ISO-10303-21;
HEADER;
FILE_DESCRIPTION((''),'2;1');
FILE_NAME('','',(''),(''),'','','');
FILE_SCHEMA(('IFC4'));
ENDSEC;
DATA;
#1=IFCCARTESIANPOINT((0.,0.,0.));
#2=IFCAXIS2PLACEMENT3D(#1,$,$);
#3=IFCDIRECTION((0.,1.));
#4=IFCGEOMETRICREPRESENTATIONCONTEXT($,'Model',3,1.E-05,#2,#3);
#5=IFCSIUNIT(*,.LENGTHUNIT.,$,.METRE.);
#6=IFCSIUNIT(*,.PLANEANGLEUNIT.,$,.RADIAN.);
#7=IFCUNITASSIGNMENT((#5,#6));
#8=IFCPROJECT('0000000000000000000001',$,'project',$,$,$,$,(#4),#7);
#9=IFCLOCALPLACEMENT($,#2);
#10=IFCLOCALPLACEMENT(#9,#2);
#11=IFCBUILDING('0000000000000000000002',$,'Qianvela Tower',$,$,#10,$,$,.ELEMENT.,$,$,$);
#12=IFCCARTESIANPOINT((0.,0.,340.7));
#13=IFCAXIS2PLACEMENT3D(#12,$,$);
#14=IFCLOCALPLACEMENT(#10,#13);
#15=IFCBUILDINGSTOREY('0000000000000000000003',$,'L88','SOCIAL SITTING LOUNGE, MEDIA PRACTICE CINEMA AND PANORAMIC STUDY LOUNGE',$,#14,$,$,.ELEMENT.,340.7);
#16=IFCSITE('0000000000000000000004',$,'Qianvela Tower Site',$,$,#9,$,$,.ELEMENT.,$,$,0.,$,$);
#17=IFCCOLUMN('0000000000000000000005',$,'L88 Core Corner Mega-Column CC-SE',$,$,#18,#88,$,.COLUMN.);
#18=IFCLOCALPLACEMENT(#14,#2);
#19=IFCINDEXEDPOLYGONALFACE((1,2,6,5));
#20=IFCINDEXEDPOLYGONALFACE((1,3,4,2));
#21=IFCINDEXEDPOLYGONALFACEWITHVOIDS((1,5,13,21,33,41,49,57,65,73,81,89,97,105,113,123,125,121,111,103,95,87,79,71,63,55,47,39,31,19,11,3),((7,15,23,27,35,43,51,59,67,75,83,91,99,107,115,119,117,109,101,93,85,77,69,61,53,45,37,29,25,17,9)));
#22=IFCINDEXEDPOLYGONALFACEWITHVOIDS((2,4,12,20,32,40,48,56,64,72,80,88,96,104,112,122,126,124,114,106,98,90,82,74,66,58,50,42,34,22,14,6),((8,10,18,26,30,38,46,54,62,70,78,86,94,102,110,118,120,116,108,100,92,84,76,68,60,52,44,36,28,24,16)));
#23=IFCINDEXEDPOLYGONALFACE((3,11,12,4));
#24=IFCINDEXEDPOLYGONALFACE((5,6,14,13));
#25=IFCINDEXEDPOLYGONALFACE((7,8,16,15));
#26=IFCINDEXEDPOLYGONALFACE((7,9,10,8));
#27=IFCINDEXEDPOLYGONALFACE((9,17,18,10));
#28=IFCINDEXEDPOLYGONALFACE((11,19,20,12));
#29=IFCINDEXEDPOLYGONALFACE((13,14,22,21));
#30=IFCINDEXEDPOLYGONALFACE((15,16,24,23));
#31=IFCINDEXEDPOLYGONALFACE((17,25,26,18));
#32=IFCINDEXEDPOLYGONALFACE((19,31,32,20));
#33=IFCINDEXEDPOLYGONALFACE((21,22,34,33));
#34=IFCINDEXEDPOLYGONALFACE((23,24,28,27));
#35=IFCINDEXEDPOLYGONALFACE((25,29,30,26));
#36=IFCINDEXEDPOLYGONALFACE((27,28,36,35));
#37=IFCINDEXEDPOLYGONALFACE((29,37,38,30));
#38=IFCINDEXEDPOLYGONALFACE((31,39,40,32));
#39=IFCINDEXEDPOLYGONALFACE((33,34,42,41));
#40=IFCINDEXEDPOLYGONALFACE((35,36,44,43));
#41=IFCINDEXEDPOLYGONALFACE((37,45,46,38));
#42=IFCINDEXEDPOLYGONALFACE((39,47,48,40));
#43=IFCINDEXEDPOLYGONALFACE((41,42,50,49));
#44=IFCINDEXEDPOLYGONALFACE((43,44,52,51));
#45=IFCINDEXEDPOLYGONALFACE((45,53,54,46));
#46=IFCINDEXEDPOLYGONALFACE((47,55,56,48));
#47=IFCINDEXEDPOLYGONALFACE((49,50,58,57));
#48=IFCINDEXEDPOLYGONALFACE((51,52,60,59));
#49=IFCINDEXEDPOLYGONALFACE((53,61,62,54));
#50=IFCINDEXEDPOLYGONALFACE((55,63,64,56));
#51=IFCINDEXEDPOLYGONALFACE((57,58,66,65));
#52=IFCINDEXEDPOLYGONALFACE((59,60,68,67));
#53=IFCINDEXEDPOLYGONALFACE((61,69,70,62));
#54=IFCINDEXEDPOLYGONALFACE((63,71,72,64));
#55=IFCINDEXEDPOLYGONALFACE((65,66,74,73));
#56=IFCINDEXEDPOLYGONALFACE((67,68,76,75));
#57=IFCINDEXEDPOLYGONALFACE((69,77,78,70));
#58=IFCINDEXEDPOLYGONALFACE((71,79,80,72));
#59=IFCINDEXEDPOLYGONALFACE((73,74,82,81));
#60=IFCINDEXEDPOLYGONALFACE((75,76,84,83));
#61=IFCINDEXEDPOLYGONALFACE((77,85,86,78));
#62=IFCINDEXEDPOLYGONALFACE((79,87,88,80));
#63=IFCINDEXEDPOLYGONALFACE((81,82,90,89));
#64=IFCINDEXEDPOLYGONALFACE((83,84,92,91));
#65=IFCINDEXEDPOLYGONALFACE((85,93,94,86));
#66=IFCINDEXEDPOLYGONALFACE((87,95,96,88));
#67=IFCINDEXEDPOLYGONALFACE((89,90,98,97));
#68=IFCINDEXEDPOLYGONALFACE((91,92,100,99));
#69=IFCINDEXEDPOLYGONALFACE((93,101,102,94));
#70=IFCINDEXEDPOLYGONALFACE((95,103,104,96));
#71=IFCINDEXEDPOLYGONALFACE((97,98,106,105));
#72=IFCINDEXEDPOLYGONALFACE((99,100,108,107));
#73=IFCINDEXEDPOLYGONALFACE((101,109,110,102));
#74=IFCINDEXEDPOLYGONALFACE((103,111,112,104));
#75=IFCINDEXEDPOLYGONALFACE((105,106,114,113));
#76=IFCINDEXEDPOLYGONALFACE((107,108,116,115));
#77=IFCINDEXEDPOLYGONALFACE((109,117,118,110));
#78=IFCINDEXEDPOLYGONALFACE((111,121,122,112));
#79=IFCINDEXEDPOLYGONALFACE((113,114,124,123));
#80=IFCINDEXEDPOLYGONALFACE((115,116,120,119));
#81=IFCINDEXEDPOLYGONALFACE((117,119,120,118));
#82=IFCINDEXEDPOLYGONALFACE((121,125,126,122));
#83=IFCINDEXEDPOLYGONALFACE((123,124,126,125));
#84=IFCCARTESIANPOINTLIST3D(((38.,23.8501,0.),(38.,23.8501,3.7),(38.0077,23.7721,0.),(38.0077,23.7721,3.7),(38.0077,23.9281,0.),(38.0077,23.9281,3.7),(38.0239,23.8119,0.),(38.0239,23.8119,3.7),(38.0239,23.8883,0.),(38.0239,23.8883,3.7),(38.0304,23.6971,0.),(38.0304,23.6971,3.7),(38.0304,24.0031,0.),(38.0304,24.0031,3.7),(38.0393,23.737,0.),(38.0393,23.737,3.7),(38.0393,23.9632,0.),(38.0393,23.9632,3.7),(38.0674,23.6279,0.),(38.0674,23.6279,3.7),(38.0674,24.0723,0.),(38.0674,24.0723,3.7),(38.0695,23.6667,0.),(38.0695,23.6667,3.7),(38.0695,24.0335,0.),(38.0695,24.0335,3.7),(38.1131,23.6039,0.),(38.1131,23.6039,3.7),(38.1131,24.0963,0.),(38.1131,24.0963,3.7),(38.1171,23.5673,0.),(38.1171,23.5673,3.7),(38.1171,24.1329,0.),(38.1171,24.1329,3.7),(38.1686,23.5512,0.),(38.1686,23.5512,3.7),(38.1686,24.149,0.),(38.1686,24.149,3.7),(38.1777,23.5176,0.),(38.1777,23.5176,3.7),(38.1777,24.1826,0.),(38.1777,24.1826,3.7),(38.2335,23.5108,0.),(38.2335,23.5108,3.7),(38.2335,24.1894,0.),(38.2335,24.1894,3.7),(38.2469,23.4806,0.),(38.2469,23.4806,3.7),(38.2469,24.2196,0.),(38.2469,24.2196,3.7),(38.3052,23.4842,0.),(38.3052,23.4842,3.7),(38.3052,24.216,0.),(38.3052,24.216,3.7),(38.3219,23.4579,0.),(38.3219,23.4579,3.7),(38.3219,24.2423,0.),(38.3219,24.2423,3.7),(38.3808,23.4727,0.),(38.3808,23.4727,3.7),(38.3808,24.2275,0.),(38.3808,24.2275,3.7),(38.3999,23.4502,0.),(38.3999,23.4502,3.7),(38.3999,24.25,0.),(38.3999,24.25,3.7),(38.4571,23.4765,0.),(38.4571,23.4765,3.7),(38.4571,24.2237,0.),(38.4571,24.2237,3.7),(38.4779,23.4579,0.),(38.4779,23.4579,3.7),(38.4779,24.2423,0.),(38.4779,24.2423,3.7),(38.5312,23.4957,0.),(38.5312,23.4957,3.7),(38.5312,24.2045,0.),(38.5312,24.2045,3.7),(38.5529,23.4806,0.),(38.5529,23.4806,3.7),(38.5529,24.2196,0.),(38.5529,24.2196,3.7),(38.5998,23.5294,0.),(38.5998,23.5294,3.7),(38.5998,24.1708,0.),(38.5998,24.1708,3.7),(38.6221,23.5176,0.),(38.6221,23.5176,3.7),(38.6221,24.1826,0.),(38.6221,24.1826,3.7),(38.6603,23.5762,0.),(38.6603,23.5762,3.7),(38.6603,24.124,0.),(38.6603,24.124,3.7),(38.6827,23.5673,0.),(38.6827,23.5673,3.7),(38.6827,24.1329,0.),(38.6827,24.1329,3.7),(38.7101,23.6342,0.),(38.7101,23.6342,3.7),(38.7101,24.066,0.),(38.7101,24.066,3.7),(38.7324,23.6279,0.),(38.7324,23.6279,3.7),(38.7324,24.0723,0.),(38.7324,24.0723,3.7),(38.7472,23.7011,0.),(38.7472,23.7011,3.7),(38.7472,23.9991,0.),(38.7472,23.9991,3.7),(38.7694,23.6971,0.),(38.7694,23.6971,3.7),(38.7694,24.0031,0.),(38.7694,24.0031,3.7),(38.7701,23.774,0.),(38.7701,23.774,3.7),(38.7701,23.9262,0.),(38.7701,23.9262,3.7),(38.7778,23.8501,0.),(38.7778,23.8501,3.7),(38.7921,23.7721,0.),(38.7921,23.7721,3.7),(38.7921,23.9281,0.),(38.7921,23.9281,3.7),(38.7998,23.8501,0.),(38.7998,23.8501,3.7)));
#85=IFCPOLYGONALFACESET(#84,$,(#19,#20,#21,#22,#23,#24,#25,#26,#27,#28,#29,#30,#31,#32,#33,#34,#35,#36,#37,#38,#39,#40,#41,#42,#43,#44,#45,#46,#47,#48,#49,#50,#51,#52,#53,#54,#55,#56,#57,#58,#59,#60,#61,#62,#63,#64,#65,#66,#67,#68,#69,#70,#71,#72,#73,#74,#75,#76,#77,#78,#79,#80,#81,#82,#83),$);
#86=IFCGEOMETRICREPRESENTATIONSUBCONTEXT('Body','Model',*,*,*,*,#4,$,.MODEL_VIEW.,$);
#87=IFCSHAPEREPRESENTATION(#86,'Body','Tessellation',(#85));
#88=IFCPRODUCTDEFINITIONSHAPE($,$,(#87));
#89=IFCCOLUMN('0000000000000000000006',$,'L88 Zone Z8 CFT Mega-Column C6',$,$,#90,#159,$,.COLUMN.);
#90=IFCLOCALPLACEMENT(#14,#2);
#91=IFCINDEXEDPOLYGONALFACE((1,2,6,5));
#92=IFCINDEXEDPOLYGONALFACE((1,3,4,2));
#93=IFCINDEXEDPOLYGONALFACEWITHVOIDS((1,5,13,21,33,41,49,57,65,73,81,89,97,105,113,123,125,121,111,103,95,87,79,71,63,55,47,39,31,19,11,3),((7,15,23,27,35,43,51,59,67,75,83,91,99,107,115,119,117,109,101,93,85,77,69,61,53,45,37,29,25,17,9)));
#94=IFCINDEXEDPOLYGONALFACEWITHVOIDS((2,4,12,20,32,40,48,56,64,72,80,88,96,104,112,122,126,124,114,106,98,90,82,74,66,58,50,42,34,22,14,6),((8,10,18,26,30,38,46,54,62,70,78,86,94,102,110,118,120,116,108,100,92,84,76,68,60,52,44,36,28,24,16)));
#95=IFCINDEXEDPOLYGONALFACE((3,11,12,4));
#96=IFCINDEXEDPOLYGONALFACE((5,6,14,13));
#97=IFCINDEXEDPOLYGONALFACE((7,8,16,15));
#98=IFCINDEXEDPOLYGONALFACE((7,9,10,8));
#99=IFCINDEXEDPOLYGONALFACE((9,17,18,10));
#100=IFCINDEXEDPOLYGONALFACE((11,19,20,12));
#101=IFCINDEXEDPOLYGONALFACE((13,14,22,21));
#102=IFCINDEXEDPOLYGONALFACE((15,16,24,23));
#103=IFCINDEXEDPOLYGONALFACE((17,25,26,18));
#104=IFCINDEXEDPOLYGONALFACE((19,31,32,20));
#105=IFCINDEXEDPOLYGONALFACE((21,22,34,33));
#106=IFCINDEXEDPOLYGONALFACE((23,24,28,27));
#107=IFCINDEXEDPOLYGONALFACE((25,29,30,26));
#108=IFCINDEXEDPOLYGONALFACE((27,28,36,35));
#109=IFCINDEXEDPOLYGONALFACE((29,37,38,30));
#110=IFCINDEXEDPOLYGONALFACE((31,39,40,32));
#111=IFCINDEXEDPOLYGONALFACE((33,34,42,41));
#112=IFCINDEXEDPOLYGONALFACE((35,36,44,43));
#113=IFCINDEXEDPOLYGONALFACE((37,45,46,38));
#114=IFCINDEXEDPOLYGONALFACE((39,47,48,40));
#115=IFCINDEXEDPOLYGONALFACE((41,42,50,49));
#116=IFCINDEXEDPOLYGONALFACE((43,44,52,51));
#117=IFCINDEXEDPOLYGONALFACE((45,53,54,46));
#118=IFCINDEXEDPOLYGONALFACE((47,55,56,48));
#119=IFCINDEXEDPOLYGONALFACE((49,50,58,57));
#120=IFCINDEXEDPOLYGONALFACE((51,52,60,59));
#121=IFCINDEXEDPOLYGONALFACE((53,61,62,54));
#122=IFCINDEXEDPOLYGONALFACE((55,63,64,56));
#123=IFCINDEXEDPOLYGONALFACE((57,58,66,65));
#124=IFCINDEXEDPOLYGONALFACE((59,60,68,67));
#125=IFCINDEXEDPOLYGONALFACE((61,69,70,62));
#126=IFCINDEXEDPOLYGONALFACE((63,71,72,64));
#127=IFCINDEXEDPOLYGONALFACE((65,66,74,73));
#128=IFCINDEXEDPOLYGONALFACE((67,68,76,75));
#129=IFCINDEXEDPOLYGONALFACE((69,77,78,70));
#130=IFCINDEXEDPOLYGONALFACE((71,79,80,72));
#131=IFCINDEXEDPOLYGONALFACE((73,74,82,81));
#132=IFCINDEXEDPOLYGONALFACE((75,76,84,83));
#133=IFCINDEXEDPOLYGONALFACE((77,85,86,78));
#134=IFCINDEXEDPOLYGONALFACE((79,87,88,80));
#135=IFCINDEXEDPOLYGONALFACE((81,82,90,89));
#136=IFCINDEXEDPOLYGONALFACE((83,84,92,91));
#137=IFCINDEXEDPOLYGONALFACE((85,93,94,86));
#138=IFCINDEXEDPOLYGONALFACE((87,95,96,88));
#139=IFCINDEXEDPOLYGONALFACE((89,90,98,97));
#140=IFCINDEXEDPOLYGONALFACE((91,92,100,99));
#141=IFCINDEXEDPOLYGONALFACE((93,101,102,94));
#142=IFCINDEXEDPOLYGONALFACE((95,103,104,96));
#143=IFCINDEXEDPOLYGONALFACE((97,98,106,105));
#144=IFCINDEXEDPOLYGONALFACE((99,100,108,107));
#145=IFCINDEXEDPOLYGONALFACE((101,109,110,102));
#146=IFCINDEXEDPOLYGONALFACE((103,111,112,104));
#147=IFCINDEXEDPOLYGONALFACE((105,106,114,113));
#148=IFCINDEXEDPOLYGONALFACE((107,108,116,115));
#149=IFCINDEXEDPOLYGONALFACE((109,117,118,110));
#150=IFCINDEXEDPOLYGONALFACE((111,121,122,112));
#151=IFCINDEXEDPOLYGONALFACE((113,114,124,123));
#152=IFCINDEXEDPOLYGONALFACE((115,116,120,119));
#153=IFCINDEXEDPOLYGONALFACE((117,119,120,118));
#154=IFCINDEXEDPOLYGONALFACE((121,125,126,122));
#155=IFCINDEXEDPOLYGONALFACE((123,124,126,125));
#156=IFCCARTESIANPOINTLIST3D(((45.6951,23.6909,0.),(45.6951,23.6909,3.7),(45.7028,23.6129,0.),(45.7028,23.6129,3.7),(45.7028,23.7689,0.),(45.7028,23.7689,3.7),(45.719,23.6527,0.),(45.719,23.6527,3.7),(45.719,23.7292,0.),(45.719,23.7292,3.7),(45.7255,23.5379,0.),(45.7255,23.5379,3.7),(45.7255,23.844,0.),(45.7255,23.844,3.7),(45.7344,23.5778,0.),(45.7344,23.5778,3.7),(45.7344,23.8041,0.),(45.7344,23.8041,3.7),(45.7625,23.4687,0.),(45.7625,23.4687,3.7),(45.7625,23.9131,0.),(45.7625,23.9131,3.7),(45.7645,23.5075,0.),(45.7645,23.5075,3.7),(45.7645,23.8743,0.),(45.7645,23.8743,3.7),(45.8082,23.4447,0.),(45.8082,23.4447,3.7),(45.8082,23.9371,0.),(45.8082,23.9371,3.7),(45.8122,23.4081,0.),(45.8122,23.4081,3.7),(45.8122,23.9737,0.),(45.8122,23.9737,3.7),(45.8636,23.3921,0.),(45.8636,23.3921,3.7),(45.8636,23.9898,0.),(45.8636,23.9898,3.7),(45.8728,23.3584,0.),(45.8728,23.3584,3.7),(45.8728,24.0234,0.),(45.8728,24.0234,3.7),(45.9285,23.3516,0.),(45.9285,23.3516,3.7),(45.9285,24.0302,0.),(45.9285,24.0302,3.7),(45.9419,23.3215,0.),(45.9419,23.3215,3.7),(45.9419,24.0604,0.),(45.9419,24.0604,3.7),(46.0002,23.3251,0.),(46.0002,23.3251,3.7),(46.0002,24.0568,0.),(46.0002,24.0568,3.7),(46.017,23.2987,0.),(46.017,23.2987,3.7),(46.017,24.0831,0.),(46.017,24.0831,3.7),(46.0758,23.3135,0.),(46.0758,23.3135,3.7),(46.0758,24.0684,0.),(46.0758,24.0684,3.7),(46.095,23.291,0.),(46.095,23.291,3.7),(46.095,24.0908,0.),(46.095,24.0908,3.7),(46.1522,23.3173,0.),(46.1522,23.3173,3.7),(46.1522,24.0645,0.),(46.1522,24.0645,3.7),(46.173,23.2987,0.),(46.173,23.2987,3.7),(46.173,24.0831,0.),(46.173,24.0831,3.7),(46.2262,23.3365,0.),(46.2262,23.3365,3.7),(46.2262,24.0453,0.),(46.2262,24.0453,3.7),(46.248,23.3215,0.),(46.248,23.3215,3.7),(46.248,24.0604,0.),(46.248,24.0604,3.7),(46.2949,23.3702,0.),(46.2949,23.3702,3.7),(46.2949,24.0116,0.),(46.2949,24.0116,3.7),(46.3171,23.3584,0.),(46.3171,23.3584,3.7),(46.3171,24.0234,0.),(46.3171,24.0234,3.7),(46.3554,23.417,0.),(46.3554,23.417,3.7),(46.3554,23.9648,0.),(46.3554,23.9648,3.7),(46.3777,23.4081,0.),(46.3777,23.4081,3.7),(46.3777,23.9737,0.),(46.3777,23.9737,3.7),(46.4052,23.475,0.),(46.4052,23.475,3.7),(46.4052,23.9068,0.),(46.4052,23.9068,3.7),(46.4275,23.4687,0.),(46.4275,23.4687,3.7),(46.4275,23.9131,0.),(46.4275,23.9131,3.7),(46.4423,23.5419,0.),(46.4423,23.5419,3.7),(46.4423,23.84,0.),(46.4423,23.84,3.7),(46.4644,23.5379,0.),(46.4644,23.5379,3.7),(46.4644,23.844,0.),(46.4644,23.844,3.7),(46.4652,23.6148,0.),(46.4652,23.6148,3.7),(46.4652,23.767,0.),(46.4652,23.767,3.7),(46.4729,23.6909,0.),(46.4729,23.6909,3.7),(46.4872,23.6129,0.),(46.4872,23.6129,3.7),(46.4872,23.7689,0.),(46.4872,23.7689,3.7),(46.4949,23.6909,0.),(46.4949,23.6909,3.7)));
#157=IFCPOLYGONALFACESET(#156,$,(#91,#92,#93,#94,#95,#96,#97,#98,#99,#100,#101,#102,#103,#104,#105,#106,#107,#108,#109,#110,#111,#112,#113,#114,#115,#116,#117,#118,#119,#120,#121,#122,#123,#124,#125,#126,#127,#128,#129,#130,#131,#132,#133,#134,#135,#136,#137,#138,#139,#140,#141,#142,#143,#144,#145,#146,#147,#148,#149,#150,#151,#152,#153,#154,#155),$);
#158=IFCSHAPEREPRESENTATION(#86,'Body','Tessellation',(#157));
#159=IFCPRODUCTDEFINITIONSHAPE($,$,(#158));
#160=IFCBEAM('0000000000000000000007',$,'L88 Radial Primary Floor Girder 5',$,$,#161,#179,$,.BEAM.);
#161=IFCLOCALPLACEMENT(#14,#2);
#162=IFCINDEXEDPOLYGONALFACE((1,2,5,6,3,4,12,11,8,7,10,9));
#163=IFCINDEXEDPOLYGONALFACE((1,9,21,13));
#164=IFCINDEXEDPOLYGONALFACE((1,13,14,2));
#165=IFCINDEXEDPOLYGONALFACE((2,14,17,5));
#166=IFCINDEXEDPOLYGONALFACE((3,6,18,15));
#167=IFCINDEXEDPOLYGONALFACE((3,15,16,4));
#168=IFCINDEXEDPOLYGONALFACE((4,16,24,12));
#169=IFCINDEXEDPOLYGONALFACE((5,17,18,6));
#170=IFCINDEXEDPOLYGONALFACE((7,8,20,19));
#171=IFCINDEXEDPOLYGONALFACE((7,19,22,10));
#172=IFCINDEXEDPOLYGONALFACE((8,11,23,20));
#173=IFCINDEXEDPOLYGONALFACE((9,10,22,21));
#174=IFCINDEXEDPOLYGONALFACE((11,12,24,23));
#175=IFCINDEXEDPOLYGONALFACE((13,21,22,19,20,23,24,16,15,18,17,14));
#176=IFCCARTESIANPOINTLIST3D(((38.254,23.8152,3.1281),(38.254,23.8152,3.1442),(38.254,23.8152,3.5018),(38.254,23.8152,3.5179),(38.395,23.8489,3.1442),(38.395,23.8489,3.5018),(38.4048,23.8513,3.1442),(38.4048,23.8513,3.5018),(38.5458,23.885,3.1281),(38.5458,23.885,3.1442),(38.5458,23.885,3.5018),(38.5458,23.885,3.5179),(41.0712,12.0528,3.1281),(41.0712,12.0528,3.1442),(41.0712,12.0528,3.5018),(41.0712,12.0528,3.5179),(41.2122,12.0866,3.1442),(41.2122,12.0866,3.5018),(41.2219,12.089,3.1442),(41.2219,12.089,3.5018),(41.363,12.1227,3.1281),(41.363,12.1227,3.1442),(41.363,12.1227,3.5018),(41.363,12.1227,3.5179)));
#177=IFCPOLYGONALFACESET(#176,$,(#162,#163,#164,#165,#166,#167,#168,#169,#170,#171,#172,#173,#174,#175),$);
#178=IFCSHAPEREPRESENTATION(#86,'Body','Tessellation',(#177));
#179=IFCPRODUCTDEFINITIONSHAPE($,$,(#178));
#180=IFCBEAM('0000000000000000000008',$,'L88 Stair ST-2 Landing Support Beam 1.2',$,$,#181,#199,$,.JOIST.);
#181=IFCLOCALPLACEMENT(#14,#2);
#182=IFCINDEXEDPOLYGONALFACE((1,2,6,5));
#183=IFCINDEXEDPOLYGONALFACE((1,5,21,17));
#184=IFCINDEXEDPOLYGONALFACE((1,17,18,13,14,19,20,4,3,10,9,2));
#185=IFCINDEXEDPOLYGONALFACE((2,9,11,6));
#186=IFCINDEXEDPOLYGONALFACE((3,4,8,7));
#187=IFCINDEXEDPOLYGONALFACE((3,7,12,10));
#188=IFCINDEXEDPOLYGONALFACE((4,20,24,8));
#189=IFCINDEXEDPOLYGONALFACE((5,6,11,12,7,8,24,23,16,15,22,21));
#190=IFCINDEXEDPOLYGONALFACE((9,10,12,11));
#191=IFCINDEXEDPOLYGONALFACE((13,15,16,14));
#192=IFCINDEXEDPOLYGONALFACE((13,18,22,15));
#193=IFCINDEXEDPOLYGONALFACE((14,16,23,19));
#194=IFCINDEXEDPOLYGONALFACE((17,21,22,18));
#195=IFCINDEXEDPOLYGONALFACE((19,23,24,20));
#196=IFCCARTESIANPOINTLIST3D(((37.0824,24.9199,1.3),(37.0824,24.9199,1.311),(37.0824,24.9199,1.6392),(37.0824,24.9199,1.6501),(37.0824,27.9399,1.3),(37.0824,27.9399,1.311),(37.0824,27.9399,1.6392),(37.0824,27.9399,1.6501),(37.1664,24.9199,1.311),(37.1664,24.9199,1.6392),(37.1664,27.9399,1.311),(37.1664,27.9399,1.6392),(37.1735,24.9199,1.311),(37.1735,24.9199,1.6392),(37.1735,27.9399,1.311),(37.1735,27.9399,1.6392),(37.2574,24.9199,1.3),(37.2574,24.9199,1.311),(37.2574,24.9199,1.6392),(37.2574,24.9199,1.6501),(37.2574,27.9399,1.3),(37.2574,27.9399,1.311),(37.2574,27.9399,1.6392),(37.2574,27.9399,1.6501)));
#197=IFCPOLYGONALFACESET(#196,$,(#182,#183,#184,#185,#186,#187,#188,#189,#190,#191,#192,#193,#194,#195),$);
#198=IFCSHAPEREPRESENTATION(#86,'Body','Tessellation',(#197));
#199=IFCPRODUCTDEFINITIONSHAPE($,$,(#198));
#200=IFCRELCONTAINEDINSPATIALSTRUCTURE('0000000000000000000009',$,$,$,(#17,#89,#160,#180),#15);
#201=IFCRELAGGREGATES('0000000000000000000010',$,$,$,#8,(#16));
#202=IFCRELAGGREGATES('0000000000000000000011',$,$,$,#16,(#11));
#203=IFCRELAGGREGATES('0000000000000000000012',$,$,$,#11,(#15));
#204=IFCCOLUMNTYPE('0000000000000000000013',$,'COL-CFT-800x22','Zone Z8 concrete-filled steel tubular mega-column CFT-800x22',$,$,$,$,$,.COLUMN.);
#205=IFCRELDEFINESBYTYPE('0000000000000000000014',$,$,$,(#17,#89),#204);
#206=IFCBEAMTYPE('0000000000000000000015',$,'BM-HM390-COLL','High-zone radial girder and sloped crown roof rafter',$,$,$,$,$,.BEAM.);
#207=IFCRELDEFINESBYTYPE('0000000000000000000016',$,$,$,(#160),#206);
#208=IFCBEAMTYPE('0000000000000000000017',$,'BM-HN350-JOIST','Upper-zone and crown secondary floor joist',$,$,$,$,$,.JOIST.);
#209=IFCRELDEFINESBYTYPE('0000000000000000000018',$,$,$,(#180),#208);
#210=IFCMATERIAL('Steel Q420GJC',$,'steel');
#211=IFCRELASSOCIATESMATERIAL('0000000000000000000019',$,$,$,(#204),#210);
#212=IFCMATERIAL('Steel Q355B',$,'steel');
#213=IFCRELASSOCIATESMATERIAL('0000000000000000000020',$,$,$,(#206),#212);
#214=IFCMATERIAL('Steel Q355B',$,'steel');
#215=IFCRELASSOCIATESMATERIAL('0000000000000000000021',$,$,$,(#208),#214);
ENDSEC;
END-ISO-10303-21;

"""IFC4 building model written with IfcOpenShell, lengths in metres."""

from ifc_helpers import new_model, si_unit, direction, frame, origin, origin_2d, place, context, subcontext, project, spatial, hollow_circle, i_section, extrude, material, material_profile, profile_set, type_object, element, save


model = new_model("IFC4")

# Units and contexts
model_context = context("Model", 3, precision=1e-05, world=origin(), true_north=direction((0.0, 1.0)))
body_context = subcontext(model_context, "Body", "Model", "MODEL_VIEW")
ifc_project = project(units=[si_unit("LENGTHUNIT", "METRE"), si_unit("PLANEANGLEUNIT", "RADIAN")], contexts=[model_context])

# Site, building, storey
site_placement = place(None, origin())
site = spatial("IfcSite", under=ifc_project, at=site_placement, Name="Qianvela Tower Site", CompositionType="ELEMENT", RefElevation=0.0)
building_placement = place(site_placement, origin())
building = spatial("IfcBuilding", under=site, at=building_placement, Name="Qianvela Tower", CompositionType="ELEMENT")
storey_placement = place(building_placement, frame((0.0, 0.0, 340.7)))
storey = spatial("IfcBuildingStorey", under=building, at=storey_placement, Name="L88", Description="SOCIAL SITTING LOUNGE, MEDIA PRACTICE CINEMA AND PANORAMIC STUDY LOUNGE", CompositionType="ELEMENT", Elevation=340.7)

# Columns
ifc_material_1 = material(Name="Steel Q420GJC", Category="steel")
ifc_material_profile_1 = material_profile(ifc_material_1, hollow_circle(Radius=0.3999, WallThickness=0.022, at=origin_2d()), Name="CFT-800x22")
ifc_profile_set_1 = profile_set([ifc_material_profile_1], Name="Steel Q420GJC")
column_type = type_object("IfcColumnType", Name="COL-CFT-800x22", Description="Zone Z8 concrete-filled steel tubular mega-column CFT-800x22", PredefinedType="COLUMN", material=ifc_profile_set_1)
for number, where, z_axis, x_axis, name in (
    (1, (38.3999, 23.8501, 0.0), (0.0, 0.0, 1.0), (1.0, 0.0, 0.0), "L88 Core Corner Mega-Column CC-SE"),
    (2, (46.095, 23.6909, 0.0), (0.0, 0.0, 1.0), (1.0, 0.0, 0.0), "L88 Zone Z8 CFT Mega-Column C6"),
):
    element("IfcColumn", number, at=place(storey_placement, frame(where, z_axis=z_axis, x_axis=x_axis)), inside=storey, type_object=column_type, Name=name, PredefinedType="COLUMN", context=body_context, shape_type="SweptSolid", body=[
        extrude(hollow_circle(Radius=0.3999, WallThickness=0.022, at=origin_2d()), origin(), (0.0, 0.0, 1.0), 3.7),
    ])

# Beams
ifc_material_2 = material(Name="Steel Q355B", Category="steel")
ifc_material_profile_2 = material_profile(ifc_material_2, i_section(OverallWidth=0.3, OverallDepth=0.3899, WebThickness=0.01, FlangeThickness=0.0161, at=origin_2d()), Name="HM390x300x10x16")
ifc_profile_set_2 = profile_set([ifc_material_profile_2], Name="Steel Q355B")
beam_type_1 = type_object("IfcBeamType", Name="BM-HM390-COLL", Description="High-zone radial girder and sloped crown roof rafter", PredefinedType="BEAM", material=ifc_profile_set_2)
beam_1_placement = place(storey_placement, frame((38.3999, 23.8501, 3.323), z_axis=(0.23292, -0.972496, 0.0), x_axis=(0.972496, 0.23292, 0.0)))
element("IfcBeam", 3, at=beam_1_placement, inside=storey, type_object=beam_type_1, Name="L88 Radial Primary Floor Girder 5", PredefinedType="BEAM", context=body_context, shape_type="SweptSolid", body=[
    extrude(i_section(OverallWidth=0.3, OverallDepth=0.3899, WebThickness=0.01, FlangeThickness=0.0161, at=origin_2d()), origin(), (0.0, 0.0, 1.0), 12.095),
])
ifc_material_3 = material(Name="Steel Q355B", Category="steel")
ifc_material_profile_3 = material_profile(ifc_material_3, i_section(OverallWidth=0.175, OverallDepth=0.3501, WebThickness=0.0071, FlangeThickness=0.011, at=origin_2d()), Name="HN350x175x7x11")
ifc_profile_set_3 = profile_set([ifc_material_profile_3], Name="Steel Q355B")
beam_type_2 = type_object("IfcBeamType", Name="BM-HN350-JOIST", Description="Upper-zone and crown secondary floor joist", PredefinedType="JOIST", material=ifc_profile_set_3)
beam_2_placement = place(storey_placement, frame((37.1699, 24.9199, 1.4751), z_axis=(0.0, 1.0, 0.0), x_axis=(-1.0, 0.0, 0.0)))
element("IfcBeam", 4, at=beam_2_placement, inside=storey, type_object=beam_type_2, Name="L88 Stair ST-2 Landing Support Beam 1.2", PredefinedType="JOIST", context=body_context, shape_type="SweptSolid", body=[
    extrude(i_section(OverallWidth=0.175, OverallDepth=0.3501, WebThickness=0.0071, FlangeThickness=0.011, at=origin_2d()), origin(), (0.0, 0.0, 1.0), 3.02),
])

save(model, "model.ifc")
